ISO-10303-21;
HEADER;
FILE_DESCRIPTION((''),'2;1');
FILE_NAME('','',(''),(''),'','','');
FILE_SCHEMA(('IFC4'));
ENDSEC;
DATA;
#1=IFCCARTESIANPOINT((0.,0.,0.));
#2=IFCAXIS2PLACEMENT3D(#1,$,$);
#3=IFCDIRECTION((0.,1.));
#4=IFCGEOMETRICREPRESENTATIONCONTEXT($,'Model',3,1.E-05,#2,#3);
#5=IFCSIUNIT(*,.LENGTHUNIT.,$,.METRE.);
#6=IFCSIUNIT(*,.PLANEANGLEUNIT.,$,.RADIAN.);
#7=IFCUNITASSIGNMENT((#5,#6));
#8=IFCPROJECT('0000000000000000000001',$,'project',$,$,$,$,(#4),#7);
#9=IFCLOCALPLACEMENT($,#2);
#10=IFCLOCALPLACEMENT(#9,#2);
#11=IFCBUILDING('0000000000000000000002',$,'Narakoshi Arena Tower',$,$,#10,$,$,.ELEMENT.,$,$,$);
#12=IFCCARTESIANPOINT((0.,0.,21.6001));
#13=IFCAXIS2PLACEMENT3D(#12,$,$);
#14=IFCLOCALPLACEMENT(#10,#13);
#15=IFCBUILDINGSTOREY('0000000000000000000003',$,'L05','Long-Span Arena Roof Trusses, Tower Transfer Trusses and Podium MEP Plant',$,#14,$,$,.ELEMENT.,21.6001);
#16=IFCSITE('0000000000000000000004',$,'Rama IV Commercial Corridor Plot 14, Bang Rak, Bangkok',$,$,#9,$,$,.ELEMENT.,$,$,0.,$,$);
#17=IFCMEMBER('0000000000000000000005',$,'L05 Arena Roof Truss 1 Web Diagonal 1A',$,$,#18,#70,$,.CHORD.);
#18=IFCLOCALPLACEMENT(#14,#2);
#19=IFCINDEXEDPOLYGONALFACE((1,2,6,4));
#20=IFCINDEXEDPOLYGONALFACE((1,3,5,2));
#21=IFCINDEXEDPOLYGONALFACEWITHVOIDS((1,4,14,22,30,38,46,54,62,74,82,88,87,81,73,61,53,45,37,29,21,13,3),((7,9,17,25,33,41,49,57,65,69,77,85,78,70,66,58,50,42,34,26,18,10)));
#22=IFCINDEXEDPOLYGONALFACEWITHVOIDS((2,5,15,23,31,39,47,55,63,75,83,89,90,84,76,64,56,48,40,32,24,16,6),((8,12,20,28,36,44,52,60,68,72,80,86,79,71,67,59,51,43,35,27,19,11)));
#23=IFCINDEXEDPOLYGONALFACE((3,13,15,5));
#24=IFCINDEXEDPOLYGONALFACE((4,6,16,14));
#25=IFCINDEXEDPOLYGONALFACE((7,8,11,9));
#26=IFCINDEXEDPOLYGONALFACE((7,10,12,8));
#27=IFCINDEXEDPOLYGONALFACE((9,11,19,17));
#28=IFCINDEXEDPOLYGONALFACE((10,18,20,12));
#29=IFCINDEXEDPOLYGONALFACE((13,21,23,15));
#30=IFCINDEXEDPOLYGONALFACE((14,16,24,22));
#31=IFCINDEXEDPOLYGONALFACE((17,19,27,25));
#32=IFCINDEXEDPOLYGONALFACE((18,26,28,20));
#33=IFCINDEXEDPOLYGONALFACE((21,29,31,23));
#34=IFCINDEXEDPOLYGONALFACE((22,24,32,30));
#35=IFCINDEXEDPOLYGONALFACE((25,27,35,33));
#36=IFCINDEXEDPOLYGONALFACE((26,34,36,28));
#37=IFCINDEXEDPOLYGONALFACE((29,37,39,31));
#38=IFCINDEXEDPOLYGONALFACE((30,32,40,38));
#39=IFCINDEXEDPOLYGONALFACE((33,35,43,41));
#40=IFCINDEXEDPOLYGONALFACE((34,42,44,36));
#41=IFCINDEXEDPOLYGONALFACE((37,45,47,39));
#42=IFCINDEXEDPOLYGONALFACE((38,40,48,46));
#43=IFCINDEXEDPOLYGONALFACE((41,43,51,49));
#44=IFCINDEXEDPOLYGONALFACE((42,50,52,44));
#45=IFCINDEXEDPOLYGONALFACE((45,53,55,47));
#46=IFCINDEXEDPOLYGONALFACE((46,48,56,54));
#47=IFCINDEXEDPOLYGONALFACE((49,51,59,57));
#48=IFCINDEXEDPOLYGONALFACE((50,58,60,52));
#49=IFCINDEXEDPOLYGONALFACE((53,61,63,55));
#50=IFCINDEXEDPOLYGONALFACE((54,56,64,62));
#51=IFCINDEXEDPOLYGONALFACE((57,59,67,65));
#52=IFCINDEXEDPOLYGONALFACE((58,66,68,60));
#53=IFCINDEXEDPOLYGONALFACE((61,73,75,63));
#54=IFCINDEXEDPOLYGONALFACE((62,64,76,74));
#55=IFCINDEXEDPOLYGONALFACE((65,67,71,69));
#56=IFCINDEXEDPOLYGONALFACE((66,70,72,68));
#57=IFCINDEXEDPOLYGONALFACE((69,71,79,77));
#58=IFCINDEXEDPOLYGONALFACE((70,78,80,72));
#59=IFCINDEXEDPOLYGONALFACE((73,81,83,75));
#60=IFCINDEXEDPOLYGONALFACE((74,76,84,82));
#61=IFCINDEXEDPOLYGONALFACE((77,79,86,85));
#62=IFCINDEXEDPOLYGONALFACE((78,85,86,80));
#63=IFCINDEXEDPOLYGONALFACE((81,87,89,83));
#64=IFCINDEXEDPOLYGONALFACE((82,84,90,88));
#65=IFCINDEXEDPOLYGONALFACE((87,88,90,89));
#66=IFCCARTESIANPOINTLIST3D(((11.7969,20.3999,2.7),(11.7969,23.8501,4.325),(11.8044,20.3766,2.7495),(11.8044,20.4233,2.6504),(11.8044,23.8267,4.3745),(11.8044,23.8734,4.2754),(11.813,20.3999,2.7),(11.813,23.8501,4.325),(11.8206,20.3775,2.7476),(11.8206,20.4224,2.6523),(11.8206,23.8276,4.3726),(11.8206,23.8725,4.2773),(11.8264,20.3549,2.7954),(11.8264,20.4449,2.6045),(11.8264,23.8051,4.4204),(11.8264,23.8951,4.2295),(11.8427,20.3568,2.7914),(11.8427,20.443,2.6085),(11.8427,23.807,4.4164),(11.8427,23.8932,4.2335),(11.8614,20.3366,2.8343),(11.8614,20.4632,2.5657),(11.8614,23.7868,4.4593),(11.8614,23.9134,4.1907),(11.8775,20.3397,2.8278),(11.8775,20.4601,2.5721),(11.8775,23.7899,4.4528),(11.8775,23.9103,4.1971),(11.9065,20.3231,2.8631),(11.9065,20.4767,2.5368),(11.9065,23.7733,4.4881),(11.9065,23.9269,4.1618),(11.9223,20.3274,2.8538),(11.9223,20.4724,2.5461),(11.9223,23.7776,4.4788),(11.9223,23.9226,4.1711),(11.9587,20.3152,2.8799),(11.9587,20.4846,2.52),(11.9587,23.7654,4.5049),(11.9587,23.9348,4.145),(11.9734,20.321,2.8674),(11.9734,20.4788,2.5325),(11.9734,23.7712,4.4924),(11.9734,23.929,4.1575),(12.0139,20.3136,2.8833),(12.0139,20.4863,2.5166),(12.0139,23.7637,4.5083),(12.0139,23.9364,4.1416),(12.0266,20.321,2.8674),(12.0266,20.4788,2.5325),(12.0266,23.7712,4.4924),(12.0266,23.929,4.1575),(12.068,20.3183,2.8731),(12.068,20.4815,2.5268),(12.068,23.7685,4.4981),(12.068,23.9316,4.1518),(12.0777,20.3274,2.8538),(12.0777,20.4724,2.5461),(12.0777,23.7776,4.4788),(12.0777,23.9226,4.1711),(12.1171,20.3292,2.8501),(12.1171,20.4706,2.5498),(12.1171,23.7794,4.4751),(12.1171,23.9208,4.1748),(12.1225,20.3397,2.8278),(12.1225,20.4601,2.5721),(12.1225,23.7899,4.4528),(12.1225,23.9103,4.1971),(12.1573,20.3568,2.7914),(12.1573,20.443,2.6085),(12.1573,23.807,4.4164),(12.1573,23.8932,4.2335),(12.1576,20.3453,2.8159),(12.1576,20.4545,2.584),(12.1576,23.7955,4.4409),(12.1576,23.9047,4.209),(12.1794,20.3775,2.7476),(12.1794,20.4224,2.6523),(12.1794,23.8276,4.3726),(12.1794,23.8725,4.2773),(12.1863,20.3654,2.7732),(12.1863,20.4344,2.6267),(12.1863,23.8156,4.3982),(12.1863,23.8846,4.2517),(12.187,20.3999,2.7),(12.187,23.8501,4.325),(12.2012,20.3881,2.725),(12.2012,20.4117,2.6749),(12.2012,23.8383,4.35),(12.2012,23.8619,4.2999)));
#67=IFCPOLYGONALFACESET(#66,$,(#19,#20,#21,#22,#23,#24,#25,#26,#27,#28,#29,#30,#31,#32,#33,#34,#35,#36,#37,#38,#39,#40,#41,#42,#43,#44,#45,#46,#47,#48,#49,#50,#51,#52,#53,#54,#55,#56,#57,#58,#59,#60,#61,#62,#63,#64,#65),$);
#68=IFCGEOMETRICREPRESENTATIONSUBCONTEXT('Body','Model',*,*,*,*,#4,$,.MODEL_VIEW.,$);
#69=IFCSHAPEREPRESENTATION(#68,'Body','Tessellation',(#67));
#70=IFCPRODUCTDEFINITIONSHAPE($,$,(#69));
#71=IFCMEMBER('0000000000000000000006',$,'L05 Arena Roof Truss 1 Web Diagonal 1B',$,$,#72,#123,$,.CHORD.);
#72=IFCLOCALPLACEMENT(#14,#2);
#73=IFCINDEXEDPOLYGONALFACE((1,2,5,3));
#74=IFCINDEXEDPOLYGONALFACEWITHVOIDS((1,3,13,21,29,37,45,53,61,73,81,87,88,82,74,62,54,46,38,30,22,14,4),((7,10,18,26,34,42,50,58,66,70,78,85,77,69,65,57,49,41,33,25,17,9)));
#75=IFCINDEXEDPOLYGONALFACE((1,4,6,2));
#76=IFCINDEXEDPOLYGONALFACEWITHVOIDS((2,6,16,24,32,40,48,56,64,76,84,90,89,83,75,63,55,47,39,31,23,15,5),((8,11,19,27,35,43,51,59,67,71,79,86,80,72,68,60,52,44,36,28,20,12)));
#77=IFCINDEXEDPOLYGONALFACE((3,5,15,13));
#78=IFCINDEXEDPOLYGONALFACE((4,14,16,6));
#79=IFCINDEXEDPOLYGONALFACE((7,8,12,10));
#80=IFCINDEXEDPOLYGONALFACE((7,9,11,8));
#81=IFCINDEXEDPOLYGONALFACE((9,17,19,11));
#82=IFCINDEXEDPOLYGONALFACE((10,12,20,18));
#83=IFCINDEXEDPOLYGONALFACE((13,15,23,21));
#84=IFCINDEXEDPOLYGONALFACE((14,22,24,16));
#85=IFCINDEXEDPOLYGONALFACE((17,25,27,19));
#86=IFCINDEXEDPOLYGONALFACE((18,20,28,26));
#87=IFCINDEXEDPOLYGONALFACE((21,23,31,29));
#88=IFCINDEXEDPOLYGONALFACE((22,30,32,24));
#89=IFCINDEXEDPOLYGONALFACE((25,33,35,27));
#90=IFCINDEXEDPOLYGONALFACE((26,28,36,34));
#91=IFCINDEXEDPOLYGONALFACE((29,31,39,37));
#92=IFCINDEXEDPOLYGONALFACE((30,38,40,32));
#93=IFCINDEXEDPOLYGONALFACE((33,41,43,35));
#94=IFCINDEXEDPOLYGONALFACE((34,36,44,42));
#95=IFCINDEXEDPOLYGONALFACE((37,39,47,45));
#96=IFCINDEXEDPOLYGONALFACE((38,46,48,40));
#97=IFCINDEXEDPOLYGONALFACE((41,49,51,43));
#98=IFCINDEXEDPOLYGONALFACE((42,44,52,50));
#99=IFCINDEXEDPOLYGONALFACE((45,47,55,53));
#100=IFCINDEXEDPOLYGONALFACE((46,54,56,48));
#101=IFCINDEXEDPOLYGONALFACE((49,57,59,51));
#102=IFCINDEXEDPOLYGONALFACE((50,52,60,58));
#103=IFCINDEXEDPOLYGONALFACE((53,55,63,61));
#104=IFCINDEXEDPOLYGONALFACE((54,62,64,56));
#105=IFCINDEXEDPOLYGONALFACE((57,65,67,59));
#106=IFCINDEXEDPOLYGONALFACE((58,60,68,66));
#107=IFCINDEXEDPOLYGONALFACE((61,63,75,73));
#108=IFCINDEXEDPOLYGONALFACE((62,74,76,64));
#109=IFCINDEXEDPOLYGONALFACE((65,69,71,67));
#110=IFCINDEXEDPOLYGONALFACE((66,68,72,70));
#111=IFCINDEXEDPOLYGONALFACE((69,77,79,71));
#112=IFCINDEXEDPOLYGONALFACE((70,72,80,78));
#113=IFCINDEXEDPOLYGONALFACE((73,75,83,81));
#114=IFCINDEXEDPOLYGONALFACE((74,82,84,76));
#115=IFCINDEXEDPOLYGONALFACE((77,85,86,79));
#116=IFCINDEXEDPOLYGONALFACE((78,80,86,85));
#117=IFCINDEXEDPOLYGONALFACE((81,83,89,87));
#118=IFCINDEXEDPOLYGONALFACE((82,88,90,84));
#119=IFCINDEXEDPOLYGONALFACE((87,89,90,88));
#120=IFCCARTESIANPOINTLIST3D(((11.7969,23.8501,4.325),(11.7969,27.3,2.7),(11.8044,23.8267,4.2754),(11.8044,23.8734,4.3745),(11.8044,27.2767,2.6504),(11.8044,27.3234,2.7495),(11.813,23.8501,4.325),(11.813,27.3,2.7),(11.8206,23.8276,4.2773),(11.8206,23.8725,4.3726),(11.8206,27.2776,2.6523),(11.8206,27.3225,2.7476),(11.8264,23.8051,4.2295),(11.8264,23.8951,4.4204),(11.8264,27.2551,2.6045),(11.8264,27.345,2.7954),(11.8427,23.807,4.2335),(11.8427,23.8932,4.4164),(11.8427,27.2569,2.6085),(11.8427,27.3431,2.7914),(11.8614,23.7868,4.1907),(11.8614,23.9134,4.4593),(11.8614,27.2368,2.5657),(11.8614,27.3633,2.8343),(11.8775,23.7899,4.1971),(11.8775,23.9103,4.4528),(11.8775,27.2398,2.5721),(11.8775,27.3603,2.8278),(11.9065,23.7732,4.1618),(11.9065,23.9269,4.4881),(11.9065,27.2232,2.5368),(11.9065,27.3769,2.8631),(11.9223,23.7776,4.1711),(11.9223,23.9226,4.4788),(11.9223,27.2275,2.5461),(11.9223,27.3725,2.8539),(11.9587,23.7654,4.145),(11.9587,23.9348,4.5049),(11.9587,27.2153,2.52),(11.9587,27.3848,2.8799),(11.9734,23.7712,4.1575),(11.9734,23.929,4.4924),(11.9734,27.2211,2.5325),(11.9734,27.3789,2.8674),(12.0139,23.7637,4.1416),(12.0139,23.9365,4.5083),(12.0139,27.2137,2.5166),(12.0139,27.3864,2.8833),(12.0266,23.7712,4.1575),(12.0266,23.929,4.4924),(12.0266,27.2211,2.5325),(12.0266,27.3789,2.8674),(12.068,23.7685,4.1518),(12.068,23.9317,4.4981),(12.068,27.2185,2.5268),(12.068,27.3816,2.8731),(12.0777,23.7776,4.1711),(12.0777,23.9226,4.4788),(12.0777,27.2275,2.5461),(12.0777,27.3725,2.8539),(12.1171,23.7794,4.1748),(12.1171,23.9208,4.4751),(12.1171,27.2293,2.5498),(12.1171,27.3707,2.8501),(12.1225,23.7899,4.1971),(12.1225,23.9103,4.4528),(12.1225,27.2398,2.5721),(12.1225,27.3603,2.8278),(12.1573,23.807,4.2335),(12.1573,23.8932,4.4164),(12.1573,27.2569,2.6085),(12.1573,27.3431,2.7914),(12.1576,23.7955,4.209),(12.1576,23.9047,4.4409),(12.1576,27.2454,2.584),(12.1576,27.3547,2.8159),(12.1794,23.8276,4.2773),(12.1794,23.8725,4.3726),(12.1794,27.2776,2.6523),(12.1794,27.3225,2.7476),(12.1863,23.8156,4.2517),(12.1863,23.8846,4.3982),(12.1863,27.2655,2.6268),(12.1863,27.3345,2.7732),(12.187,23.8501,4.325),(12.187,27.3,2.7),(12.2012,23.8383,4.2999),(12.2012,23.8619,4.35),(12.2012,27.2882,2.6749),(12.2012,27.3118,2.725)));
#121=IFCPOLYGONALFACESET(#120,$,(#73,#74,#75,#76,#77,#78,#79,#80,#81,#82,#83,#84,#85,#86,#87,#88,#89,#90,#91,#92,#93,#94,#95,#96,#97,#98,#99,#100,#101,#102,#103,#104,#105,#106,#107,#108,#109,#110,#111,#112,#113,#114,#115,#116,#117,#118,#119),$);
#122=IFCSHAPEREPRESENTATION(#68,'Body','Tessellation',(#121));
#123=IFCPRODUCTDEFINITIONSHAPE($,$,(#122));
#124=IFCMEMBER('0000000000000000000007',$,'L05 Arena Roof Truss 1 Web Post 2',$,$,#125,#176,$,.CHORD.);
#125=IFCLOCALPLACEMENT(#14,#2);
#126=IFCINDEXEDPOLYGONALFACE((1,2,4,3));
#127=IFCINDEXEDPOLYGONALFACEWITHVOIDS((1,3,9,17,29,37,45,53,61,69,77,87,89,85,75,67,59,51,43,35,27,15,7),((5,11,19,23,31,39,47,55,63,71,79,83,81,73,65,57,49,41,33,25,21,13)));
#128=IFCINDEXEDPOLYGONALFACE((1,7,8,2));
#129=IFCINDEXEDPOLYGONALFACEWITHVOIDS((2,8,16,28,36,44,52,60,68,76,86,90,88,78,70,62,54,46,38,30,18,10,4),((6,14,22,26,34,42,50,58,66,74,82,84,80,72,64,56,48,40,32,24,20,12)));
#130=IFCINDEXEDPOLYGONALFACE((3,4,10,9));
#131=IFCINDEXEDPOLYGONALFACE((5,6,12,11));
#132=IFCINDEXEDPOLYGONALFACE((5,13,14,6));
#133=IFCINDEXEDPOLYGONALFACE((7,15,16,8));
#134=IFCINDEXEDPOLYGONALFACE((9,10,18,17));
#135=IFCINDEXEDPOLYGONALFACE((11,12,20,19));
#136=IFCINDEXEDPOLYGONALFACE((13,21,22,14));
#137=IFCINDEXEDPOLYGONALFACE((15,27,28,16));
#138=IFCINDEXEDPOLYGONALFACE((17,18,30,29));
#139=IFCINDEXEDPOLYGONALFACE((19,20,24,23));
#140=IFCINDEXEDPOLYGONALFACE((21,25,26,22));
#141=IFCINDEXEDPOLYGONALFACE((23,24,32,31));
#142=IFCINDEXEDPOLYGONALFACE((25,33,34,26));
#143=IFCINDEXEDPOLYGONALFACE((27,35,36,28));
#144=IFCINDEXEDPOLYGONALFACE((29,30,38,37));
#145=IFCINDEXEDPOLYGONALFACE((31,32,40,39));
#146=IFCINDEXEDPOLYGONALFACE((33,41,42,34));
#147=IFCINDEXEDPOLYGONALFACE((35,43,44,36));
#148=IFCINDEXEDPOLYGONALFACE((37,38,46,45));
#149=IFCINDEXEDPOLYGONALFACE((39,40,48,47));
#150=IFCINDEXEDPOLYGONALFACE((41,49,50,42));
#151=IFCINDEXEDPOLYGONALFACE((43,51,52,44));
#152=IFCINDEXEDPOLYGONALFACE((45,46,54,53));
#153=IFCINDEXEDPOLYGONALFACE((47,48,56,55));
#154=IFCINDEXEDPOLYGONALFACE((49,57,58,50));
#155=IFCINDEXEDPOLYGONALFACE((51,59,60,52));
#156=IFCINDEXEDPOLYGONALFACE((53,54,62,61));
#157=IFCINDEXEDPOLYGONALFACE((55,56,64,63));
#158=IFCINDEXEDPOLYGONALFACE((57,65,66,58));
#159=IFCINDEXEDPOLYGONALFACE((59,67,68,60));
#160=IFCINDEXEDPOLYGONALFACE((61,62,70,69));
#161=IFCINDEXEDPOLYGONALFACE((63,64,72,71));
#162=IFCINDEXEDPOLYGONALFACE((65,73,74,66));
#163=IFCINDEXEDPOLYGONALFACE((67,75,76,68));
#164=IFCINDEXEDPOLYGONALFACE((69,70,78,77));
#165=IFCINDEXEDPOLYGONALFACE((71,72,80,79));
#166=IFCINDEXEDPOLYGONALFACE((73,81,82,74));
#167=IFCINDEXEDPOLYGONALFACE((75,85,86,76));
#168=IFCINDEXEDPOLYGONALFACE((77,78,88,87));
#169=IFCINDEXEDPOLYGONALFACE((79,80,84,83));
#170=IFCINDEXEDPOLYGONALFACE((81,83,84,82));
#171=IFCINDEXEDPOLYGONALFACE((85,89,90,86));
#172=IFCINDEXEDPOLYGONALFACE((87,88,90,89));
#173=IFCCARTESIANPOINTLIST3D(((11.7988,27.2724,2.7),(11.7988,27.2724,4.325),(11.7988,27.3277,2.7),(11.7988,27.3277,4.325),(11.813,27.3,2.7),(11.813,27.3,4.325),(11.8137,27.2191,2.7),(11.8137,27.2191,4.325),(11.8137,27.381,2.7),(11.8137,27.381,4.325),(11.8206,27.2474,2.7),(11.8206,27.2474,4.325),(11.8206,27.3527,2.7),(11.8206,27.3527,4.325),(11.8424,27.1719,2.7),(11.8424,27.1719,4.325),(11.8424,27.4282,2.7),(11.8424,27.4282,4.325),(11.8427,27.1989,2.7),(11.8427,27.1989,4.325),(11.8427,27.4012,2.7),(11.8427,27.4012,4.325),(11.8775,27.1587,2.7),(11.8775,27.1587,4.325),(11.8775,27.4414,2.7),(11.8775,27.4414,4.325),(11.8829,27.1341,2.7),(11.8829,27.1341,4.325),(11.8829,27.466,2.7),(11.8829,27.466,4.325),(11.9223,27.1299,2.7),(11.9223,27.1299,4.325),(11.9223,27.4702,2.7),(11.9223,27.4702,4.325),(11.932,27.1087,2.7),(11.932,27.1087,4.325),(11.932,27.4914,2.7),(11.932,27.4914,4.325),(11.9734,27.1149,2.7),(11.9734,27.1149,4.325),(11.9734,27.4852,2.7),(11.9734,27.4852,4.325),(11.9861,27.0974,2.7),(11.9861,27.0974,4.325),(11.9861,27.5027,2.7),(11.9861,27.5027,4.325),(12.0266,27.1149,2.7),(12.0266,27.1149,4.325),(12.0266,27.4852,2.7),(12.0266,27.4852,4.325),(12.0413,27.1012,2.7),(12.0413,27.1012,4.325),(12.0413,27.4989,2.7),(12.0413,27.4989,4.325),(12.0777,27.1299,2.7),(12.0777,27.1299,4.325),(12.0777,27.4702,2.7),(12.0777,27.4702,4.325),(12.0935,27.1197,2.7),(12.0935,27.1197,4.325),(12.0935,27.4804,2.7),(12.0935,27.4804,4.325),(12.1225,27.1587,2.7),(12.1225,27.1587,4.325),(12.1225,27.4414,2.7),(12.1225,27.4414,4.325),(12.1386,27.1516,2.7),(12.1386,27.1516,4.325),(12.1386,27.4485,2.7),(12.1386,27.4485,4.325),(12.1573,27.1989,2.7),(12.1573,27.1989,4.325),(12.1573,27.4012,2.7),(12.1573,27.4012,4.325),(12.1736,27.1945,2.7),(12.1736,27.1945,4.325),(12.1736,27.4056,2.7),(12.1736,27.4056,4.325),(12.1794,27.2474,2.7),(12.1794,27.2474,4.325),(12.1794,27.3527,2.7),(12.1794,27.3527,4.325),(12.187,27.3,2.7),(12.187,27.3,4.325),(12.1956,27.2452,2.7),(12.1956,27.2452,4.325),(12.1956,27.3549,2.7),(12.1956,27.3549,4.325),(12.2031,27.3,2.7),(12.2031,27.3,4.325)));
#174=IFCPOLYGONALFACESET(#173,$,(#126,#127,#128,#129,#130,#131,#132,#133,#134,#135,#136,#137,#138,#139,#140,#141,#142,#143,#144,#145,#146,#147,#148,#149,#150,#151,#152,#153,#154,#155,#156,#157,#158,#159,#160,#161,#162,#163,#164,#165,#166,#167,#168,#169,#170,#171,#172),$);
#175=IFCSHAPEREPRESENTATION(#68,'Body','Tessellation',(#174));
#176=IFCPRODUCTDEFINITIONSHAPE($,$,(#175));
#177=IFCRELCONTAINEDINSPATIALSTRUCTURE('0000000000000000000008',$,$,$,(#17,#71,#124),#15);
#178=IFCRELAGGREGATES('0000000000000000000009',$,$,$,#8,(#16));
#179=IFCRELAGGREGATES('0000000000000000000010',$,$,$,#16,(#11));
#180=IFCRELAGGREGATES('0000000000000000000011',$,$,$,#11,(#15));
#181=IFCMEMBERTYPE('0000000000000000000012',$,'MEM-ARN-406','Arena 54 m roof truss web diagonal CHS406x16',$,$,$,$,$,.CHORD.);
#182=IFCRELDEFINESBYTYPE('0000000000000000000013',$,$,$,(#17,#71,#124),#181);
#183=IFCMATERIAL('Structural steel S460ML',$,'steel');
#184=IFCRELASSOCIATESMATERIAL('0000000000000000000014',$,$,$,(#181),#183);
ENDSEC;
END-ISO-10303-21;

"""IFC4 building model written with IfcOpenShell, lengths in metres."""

from ifc_helpers import new_model, si_unit, direction, frame, origin, origin_2d, place, context, subcontext, project, spatial, hollow_circle, extrude, material, material_profile, profile_set, type_object, element, save


model = new_model("IFC4")

# Units and contexts
model_context = context("Model", 3, precision=1e-05, world=origin(), true_north=direction((0.0, 1.0)))
body_context = subcontext(model_context, "Body", "Model", "MODEL_VIEW")
ifc_project = project(units=[si_unit("LENGTHUNIT", "METRE"), si_unit("PLANEANGLEUNIT", "RADIAN")], contexts=[model_context])

# Site, building, storey
site_placement = place(None, origin())
site = spatial("IfcSite", under=ifc_project, at=site_placement, Name="Rama IV Commercial Corridor Plot 14, Bang Rak, Bangkok", CompositionType="ELEMENT", RefElevation=0.0)
building_placement = place(site_placement, origin())
building = spatial("IfcBuilding", under=site, at=building_placement, Name="Narakoshi Arena Tower", CompositionType="ELEMENT")
storey_placement = place(building_placement, frame((0.0, 0.0, 21.6001)))
storey = spatial("IfcBuildingStorey", under=building, at=storey_placement, Name="L05", Description="Long-Span Arena Roof Trusses, Tower Transfer Trusses and Podium MEP Plant", CompositionType="ELEMENT", Elevation=21.6001)

# Shared definitions
ifc_material_1 = material(Name="Structural steel S460ML", Category="steel")

# Members
ifc_material_profile_1 = material_profile(ifc_material_1, hollow_circle(Radius=0.2031, WallThickness=0.0161, at=origin_2d()), Name="CHS406x16")
ifc_profile_set_1 = profile_set([ifc_material_profile_1], Name="Structural steel S460ML")
member_type = type_object("IfcMemberType", Name="MEM-ARN-406", Description="Arena 54 m roof truss web diagonal CHS406x16", PredefinedType="CHORD", material=ifc_profile_set_1)
member_1_placement = place(storey_placement, frame((12.0, 20.3999, 2.7), z_axis=(0.0, 0.904679, 0.426093), x_axis=(-1.0, 0.0, 0.0)))
element("IfcMember", 1, at=member_1_placement, inside=storey, type_object=member_type, Name="L05 Arena Roof Truss 1 Web Diagonal 1A", PredefinedType="CHORD", context=body_context, shape_type="SweptSolid", body=[
    extrude(hollow_circle(Radius=0.2031, WallThickness=0.0161, at=origin_2d()), origin(), (0.0, 0.0, 1.0), 3.8137),
])
member_2_placement = place(storey_placement, frame((12.0, 23.8501, 4.325), z_axis=(0.0, 0.904668, -0.426118), x_axis=(-1.0, 0.0, 0.0)))
element("IfcMember", 2, at=member_2_placement, inside=storey, type_object=member_type, Name="L05 Arena Roof Truss 1 Web Diagonal 1B", PredefinedType="CHORD", context=body_context, shape_type="SweptSolid", body=[
    extrude(hollow_circle(Radius=0.2031, WallThickness=0.0161, at=origin_2d()), origin(), (0.0, 0.0, 1.0), 3.8135),
])
member_3_placement = place(storey_placement, frame((12.0, 27.3, 2.7), z_axis=(0.0, 0.0, 1.0), x_axis=(1.0, 0.0, 0.0)))
element("IfcMember", 3, at=member_3_placement, inside=storey, type_object=member_type, Name="L05 Arena Roof Truss 1 Web Post 2", PredefinedType="CHORD", context=body_context, shape_type="SweptSolid", body=[
    extrude(hollow_circle(Radius=0.2031, WallThickness=0.0161, at=origin_2d()), origin(), (0.0, 0.0, 1.0), 1.625),
])

save(model, "model.ifc")
